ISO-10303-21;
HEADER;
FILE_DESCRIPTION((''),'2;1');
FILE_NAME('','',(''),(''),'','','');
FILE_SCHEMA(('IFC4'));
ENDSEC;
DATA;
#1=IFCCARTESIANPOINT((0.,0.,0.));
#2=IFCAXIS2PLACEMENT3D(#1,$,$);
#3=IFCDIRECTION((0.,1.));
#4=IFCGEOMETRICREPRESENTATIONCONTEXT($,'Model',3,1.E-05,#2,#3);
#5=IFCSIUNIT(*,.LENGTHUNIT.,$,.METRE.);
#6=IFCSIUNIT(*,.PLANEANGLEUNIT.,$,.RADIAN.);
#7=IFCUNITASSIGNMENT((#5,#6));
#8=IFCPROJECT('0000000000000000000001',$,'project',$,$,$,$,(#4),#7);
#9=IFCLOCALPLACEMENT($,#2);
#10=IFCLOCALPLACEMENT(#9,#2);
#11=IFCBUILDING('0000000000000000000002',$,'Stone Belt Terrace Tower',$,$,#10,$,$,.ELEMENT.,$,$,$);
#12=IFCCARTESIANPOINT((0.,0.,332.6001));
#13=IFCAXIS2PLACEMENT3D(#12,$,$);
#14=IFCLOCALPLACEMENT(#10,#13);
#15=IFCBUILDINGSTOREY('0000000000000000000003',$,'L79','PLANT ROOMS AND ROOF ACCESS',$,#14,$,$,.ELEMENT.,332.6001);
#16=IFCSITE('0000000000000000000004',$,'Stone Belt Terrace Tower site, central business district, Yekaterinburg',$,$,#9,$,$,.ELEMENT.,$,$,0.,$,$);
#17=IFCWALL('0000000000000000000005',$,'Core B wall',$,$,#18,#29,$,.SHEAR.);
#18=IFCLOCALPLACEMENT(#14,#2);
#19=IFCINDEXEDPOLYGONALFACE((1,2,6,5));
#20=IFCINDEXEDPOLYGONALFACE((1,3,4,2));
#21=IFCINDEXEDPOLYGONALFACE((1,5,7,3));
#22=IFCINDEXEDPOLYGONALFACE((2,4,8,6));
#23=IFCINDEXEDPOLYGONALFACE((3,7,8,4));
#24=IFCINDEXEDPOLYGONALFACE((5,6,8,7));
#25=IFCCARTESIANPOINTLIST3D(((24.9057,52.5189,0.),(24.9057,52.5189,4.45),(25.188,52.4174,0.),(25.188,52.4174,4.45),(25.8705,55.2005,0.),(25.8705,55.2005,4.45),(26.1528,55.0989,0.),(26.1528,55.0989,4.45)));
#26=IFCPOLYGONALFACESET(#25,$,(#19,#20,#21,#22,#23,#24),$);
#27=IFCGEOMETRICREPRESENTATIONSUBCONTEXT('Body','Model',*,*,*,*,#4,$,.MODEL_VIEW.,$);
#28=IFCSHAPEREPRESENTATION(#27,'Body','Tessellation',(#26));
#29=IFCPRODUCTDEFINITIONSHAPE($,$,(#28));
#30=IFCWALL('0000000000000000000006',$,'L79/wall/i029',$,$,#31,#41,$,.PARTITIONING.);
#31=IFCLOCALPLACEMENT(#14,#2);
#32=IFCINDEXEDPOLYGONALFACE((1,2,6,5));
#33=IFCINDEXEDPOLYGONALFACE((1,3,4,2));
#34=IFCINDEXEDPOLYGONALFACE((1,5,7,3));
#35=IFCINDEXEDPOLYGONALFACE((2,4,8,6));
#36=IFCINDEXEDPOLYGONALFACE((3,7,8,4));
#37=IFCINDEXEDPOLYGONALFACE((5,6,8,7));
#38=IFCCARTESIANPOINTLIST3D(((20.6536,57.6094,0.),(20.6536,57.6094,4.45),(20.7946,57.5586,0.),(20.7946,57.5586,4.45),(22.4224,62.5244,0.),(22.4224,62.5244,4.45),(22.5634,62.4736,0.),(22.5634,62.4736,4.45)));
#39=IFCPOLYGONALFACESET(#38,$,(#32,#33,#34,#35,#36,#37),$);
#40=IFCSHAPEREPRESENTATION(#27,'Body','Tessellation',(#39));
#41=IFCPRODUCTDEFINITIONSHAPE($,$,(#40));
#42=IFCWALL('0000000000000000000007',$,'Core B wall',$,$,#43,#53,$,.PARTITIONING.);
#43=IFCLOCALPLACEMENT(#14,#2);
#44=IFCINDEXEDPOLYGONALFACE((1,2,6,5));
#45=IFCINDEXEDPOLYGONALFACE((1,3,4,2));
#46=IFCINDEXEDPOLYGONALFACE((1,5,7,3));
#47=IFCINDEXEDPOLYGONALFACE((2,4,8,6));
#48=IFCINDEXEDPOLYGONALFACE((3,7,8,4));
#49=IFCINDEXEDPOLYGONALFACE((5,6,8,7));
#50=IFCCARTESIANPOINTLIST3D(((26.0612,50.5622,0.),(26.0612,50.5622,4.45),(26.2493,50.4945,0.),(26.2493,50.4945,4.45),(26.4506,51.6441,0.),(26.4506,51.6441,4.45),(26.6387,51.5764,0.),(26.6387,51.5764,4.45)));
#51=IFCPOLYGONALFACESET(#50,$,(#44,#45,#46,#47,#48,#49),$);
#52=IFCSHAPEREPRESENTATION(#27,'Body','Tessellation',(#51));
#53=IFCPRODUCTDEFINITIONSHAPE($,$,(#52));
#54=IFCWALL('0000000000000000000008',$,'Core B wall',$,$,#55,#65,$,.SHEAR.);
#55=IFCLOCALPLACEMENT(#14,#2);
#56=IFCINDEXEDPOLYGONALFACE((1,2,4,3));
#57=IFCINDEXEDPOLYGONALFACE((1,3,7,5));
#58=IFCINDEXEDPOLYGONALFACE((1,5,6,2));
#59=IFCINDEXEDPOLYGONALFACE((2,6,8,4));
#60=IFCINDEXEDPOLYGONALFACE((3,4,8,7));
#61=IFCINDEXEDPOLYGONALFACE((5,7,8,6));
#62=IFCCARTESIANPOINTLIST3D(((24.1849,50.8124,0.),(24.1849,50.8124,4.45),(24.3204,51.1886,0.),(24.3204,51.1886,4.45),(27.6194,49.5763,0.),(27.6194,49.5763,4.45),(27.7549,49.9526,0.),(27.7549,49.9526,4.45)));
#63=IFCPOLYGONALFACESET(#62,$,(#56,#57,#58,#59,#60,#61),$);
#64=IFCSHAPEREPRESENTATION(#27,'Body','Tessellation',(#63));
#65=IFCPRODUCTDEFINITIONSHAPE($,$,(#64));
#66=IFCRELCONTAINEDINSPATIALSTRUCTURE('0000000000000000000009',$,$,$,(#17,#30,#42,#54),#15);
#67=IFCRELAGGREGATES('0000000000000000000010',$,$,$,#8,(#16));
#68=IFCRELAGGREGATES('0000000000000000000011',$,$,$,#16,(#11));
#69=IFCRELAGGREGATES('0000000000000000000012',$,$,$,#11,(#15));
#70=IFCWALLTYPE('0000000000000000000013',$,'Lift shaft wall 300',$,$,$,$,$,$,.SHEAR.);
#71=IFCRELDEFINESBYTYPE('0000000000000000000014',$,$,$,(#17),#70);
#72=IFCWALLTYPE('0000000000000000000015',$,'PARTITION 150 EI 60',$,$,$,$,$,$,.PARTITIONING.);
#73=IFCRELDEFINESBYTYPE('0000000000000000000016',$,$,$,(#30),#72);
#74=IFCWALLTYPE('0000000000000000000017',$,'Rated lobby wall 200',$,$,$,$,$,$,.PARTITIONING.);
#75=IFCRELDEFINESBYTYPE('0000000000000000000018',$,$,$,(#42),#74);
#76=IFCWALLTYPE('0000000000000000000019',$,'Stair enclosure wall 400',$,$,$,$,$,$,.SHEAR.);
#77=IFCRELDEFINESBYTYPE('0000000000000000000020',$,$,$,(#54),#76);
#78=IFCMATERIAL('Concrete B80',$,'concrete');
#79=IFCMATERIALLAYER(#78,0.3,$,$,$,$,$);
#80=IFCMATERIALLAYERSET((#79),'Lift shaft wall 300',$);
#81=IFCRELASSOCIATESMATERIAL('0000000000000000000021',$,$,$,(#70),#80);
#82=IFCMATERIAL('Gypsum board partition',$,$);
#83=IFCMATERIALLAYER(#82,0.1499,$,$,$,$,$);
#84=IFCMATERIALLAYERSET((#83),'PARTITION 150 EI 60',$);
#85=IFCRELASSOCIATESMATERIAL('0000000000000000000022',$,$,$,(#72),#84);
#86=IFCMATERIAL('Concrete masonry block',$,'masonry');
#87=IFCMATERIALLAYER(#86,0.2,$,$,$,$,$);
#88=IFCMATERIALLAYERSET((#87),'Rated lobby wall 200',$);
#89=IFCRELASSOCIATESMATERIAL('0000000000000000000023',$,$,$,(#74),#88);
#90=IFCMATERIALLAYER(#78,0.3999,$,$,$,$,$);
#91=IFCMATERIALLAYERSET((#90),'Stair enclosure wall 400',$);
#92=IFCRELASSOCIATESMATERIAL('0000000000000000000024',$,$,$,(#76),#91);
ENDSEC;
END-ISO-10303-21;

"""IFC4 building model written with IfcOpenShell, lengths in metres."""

from ifc_helpers import new_model, si_unit, direction, frame, frame_2d, origin, place, context, subcontext, project, spatial, rectangle, extrude, material, layer, layer_set, type_object, element, save


model = new_model("IFC4")

# Units and contexts
model_context = context("Model", 3, precision=1e-05, world=origin(), true_north=direction((0.0, 1.0)))
body_context = subcontext(model_context, "Body", "Model", "MODEL_VIEW")
ifc_project = project(units=[si_unit("LENGTHUNIT", "METRE"), si_unit("PLANEANGLEUNIT", "RADIAN")], contexts=[model_context])

# Site, building, storey
site_placement = place(None, origin())
site = spatial("IfcSite", under=ifc_project, at=site_placement, Name="Stone Belt Terrace Tower site, central business district, Yekaterinburg", CompositionType="ELEMENT", RefElevation=0.0)
building_placement = place(site_placement, origin())
building = spatial("IfcBuilding", under=site, at=building_placement, Name="Stone Belt Terrace Tower", CompositionType="ELEMENT")
storey_placement = place(building_placement, frame((0.0, 0.0, 332.6001)))
storey = spatial("IfcBuildingStorey", under=building, at=storey_placement, Name="L79", Description="PLANT ROOMS AND ROOF ACCESS", CompositionType="ELEMENT", Elevation=332.6001)

# Walls
ifc_material_1 = material(Name="Concrete B80", Category="concrete")
ifc_layer_1 = layer(ifc_material_1, 0.3)
ifc_layer_set_1 = layer_set([ifc_layer_1], Name="Lift shaft wall 300")
wall_type_1 = type_object("IfcWallType", Name="Lift shaft wall 300", PredefinedType="SHEAR", material=ifc_layer_set_1)
wall_1_placement = place(storey_placement, frame((25.0469, 52.4683, 0.0), z_axis=(0.0, 0.0, 1.0), x_axis=(0.33855, 0.940949, 0.0)))
element("IfcWall", 1, at=wall_1_placement, inside=storey, type_object=wall_type_1, Name="Core B wall", PredefinedType="SHEAR", context=body_context, shape_type="SweptSolid", body=[
    extrude(rectangle(XDim=2.8499, YDim=0.3, at=frame_2d((1.4248, 0.0))), origin(), (0.0, 0.0, 1.0), 4.45),
])
ifc_material_2 = material(Name="Gypsum board partition")
ifc_layer_2 = layer(ifc_material_2, 0.1499)
ifc_layer_set_2 = layer_set([ifc_layer_2], Name="PARTITION 150 EI 60")
wall_type_2 = type_object("IfcWallType", Name="PARTITION 150 EI 60", PredefinedType="PARTITIONING", material=ifc_layer_set_2)
wall_2_placement = place(storey_placement, frame((22.4929, 62.499, 0.0), z_axis=(0.0, 0.0, 1.0), x_axis=(-0.338615, -0.940925, 0.0)))
element("IfcWall", 2, at=wall_2_placement, inside=storey, type_object=wall_type_2, Name="L79/wall/i029", PredefinedType="PARTITIONING", context=body_context, shape_type="SweptSolid", body=[
    extrude(rectangle(XDim=5.2236, YDim=0.1499, at=frame_2d((2.6118, 0.0))), origin(), (0.0, 0.0, 1.0), 4.45),
])
ifc_material_3 = material(Name="Concrete masonry block", Category="masonry")
ifc_layer_3 = layer(ifc_material_3, 0.2)
ifc_layer_set_3 = layer_set([ifc_layer_3], Name="Rated lobby wall 200")
wall_type_3 = type_object("IfcWallType", Name="Rated lobby wall 200", PredefinedType="PARTITIONING", material=ifc_layer_set_3)
wall_3_placement = place(storey_placement, frame((26.1553, 50.5283, 0.0), z_axis=(0.0, 0.0, 1.0), x_axis=(0.338622, 0.940923, 0.0)))
element("IfcWall", 3, at=wall_3_placement, inside=storey, type_object=wall_type_3, Name="Core B wall", PredefinedType="PARTITIONING", context=body_context, shape_type="SweptSolid", body=[
    extrude(rectangle(XDim=1.1499, YDim=0.2, at=frame_2d((0.575, 0.0))), origin(), (0.0, 0.0, 1.0), 4.45),
])
ifc_layer_4 = layer(ifc_material_1, 0.3999)
ifc_layer_set_4 = layer_set([ifc_layer_4], Name="Stair enclosure wall 400")
wall_type_4 = type_object("IfcWallType", Name="Stair enclosure wall 400", PredefinedType="SHEAR", material=ifc_layer_set_4)
wall_4_placement = place(storey_placement, frame((27.6873, 49.7644, 0.0), z_axis=(0.0, 0.0, 1.0), x_axis=(-0.940919, 0.338632, 0.0)))
element("IfcWall", 4, at=wall_4_placement, inside=storey, type_object=wall_type_4, Name="Core B wall", PredefinedType="SHEAR", context=body_context, shape_type="SweptSolid", body=[
    extrude(rectangle(XDim=3.6501, YDim=0.3999, at=frame_2d((1.8252, 0.0))), origin(), (0.0, 0.0, 1.0), 4.45),
])

save(model, "model.ifc")
